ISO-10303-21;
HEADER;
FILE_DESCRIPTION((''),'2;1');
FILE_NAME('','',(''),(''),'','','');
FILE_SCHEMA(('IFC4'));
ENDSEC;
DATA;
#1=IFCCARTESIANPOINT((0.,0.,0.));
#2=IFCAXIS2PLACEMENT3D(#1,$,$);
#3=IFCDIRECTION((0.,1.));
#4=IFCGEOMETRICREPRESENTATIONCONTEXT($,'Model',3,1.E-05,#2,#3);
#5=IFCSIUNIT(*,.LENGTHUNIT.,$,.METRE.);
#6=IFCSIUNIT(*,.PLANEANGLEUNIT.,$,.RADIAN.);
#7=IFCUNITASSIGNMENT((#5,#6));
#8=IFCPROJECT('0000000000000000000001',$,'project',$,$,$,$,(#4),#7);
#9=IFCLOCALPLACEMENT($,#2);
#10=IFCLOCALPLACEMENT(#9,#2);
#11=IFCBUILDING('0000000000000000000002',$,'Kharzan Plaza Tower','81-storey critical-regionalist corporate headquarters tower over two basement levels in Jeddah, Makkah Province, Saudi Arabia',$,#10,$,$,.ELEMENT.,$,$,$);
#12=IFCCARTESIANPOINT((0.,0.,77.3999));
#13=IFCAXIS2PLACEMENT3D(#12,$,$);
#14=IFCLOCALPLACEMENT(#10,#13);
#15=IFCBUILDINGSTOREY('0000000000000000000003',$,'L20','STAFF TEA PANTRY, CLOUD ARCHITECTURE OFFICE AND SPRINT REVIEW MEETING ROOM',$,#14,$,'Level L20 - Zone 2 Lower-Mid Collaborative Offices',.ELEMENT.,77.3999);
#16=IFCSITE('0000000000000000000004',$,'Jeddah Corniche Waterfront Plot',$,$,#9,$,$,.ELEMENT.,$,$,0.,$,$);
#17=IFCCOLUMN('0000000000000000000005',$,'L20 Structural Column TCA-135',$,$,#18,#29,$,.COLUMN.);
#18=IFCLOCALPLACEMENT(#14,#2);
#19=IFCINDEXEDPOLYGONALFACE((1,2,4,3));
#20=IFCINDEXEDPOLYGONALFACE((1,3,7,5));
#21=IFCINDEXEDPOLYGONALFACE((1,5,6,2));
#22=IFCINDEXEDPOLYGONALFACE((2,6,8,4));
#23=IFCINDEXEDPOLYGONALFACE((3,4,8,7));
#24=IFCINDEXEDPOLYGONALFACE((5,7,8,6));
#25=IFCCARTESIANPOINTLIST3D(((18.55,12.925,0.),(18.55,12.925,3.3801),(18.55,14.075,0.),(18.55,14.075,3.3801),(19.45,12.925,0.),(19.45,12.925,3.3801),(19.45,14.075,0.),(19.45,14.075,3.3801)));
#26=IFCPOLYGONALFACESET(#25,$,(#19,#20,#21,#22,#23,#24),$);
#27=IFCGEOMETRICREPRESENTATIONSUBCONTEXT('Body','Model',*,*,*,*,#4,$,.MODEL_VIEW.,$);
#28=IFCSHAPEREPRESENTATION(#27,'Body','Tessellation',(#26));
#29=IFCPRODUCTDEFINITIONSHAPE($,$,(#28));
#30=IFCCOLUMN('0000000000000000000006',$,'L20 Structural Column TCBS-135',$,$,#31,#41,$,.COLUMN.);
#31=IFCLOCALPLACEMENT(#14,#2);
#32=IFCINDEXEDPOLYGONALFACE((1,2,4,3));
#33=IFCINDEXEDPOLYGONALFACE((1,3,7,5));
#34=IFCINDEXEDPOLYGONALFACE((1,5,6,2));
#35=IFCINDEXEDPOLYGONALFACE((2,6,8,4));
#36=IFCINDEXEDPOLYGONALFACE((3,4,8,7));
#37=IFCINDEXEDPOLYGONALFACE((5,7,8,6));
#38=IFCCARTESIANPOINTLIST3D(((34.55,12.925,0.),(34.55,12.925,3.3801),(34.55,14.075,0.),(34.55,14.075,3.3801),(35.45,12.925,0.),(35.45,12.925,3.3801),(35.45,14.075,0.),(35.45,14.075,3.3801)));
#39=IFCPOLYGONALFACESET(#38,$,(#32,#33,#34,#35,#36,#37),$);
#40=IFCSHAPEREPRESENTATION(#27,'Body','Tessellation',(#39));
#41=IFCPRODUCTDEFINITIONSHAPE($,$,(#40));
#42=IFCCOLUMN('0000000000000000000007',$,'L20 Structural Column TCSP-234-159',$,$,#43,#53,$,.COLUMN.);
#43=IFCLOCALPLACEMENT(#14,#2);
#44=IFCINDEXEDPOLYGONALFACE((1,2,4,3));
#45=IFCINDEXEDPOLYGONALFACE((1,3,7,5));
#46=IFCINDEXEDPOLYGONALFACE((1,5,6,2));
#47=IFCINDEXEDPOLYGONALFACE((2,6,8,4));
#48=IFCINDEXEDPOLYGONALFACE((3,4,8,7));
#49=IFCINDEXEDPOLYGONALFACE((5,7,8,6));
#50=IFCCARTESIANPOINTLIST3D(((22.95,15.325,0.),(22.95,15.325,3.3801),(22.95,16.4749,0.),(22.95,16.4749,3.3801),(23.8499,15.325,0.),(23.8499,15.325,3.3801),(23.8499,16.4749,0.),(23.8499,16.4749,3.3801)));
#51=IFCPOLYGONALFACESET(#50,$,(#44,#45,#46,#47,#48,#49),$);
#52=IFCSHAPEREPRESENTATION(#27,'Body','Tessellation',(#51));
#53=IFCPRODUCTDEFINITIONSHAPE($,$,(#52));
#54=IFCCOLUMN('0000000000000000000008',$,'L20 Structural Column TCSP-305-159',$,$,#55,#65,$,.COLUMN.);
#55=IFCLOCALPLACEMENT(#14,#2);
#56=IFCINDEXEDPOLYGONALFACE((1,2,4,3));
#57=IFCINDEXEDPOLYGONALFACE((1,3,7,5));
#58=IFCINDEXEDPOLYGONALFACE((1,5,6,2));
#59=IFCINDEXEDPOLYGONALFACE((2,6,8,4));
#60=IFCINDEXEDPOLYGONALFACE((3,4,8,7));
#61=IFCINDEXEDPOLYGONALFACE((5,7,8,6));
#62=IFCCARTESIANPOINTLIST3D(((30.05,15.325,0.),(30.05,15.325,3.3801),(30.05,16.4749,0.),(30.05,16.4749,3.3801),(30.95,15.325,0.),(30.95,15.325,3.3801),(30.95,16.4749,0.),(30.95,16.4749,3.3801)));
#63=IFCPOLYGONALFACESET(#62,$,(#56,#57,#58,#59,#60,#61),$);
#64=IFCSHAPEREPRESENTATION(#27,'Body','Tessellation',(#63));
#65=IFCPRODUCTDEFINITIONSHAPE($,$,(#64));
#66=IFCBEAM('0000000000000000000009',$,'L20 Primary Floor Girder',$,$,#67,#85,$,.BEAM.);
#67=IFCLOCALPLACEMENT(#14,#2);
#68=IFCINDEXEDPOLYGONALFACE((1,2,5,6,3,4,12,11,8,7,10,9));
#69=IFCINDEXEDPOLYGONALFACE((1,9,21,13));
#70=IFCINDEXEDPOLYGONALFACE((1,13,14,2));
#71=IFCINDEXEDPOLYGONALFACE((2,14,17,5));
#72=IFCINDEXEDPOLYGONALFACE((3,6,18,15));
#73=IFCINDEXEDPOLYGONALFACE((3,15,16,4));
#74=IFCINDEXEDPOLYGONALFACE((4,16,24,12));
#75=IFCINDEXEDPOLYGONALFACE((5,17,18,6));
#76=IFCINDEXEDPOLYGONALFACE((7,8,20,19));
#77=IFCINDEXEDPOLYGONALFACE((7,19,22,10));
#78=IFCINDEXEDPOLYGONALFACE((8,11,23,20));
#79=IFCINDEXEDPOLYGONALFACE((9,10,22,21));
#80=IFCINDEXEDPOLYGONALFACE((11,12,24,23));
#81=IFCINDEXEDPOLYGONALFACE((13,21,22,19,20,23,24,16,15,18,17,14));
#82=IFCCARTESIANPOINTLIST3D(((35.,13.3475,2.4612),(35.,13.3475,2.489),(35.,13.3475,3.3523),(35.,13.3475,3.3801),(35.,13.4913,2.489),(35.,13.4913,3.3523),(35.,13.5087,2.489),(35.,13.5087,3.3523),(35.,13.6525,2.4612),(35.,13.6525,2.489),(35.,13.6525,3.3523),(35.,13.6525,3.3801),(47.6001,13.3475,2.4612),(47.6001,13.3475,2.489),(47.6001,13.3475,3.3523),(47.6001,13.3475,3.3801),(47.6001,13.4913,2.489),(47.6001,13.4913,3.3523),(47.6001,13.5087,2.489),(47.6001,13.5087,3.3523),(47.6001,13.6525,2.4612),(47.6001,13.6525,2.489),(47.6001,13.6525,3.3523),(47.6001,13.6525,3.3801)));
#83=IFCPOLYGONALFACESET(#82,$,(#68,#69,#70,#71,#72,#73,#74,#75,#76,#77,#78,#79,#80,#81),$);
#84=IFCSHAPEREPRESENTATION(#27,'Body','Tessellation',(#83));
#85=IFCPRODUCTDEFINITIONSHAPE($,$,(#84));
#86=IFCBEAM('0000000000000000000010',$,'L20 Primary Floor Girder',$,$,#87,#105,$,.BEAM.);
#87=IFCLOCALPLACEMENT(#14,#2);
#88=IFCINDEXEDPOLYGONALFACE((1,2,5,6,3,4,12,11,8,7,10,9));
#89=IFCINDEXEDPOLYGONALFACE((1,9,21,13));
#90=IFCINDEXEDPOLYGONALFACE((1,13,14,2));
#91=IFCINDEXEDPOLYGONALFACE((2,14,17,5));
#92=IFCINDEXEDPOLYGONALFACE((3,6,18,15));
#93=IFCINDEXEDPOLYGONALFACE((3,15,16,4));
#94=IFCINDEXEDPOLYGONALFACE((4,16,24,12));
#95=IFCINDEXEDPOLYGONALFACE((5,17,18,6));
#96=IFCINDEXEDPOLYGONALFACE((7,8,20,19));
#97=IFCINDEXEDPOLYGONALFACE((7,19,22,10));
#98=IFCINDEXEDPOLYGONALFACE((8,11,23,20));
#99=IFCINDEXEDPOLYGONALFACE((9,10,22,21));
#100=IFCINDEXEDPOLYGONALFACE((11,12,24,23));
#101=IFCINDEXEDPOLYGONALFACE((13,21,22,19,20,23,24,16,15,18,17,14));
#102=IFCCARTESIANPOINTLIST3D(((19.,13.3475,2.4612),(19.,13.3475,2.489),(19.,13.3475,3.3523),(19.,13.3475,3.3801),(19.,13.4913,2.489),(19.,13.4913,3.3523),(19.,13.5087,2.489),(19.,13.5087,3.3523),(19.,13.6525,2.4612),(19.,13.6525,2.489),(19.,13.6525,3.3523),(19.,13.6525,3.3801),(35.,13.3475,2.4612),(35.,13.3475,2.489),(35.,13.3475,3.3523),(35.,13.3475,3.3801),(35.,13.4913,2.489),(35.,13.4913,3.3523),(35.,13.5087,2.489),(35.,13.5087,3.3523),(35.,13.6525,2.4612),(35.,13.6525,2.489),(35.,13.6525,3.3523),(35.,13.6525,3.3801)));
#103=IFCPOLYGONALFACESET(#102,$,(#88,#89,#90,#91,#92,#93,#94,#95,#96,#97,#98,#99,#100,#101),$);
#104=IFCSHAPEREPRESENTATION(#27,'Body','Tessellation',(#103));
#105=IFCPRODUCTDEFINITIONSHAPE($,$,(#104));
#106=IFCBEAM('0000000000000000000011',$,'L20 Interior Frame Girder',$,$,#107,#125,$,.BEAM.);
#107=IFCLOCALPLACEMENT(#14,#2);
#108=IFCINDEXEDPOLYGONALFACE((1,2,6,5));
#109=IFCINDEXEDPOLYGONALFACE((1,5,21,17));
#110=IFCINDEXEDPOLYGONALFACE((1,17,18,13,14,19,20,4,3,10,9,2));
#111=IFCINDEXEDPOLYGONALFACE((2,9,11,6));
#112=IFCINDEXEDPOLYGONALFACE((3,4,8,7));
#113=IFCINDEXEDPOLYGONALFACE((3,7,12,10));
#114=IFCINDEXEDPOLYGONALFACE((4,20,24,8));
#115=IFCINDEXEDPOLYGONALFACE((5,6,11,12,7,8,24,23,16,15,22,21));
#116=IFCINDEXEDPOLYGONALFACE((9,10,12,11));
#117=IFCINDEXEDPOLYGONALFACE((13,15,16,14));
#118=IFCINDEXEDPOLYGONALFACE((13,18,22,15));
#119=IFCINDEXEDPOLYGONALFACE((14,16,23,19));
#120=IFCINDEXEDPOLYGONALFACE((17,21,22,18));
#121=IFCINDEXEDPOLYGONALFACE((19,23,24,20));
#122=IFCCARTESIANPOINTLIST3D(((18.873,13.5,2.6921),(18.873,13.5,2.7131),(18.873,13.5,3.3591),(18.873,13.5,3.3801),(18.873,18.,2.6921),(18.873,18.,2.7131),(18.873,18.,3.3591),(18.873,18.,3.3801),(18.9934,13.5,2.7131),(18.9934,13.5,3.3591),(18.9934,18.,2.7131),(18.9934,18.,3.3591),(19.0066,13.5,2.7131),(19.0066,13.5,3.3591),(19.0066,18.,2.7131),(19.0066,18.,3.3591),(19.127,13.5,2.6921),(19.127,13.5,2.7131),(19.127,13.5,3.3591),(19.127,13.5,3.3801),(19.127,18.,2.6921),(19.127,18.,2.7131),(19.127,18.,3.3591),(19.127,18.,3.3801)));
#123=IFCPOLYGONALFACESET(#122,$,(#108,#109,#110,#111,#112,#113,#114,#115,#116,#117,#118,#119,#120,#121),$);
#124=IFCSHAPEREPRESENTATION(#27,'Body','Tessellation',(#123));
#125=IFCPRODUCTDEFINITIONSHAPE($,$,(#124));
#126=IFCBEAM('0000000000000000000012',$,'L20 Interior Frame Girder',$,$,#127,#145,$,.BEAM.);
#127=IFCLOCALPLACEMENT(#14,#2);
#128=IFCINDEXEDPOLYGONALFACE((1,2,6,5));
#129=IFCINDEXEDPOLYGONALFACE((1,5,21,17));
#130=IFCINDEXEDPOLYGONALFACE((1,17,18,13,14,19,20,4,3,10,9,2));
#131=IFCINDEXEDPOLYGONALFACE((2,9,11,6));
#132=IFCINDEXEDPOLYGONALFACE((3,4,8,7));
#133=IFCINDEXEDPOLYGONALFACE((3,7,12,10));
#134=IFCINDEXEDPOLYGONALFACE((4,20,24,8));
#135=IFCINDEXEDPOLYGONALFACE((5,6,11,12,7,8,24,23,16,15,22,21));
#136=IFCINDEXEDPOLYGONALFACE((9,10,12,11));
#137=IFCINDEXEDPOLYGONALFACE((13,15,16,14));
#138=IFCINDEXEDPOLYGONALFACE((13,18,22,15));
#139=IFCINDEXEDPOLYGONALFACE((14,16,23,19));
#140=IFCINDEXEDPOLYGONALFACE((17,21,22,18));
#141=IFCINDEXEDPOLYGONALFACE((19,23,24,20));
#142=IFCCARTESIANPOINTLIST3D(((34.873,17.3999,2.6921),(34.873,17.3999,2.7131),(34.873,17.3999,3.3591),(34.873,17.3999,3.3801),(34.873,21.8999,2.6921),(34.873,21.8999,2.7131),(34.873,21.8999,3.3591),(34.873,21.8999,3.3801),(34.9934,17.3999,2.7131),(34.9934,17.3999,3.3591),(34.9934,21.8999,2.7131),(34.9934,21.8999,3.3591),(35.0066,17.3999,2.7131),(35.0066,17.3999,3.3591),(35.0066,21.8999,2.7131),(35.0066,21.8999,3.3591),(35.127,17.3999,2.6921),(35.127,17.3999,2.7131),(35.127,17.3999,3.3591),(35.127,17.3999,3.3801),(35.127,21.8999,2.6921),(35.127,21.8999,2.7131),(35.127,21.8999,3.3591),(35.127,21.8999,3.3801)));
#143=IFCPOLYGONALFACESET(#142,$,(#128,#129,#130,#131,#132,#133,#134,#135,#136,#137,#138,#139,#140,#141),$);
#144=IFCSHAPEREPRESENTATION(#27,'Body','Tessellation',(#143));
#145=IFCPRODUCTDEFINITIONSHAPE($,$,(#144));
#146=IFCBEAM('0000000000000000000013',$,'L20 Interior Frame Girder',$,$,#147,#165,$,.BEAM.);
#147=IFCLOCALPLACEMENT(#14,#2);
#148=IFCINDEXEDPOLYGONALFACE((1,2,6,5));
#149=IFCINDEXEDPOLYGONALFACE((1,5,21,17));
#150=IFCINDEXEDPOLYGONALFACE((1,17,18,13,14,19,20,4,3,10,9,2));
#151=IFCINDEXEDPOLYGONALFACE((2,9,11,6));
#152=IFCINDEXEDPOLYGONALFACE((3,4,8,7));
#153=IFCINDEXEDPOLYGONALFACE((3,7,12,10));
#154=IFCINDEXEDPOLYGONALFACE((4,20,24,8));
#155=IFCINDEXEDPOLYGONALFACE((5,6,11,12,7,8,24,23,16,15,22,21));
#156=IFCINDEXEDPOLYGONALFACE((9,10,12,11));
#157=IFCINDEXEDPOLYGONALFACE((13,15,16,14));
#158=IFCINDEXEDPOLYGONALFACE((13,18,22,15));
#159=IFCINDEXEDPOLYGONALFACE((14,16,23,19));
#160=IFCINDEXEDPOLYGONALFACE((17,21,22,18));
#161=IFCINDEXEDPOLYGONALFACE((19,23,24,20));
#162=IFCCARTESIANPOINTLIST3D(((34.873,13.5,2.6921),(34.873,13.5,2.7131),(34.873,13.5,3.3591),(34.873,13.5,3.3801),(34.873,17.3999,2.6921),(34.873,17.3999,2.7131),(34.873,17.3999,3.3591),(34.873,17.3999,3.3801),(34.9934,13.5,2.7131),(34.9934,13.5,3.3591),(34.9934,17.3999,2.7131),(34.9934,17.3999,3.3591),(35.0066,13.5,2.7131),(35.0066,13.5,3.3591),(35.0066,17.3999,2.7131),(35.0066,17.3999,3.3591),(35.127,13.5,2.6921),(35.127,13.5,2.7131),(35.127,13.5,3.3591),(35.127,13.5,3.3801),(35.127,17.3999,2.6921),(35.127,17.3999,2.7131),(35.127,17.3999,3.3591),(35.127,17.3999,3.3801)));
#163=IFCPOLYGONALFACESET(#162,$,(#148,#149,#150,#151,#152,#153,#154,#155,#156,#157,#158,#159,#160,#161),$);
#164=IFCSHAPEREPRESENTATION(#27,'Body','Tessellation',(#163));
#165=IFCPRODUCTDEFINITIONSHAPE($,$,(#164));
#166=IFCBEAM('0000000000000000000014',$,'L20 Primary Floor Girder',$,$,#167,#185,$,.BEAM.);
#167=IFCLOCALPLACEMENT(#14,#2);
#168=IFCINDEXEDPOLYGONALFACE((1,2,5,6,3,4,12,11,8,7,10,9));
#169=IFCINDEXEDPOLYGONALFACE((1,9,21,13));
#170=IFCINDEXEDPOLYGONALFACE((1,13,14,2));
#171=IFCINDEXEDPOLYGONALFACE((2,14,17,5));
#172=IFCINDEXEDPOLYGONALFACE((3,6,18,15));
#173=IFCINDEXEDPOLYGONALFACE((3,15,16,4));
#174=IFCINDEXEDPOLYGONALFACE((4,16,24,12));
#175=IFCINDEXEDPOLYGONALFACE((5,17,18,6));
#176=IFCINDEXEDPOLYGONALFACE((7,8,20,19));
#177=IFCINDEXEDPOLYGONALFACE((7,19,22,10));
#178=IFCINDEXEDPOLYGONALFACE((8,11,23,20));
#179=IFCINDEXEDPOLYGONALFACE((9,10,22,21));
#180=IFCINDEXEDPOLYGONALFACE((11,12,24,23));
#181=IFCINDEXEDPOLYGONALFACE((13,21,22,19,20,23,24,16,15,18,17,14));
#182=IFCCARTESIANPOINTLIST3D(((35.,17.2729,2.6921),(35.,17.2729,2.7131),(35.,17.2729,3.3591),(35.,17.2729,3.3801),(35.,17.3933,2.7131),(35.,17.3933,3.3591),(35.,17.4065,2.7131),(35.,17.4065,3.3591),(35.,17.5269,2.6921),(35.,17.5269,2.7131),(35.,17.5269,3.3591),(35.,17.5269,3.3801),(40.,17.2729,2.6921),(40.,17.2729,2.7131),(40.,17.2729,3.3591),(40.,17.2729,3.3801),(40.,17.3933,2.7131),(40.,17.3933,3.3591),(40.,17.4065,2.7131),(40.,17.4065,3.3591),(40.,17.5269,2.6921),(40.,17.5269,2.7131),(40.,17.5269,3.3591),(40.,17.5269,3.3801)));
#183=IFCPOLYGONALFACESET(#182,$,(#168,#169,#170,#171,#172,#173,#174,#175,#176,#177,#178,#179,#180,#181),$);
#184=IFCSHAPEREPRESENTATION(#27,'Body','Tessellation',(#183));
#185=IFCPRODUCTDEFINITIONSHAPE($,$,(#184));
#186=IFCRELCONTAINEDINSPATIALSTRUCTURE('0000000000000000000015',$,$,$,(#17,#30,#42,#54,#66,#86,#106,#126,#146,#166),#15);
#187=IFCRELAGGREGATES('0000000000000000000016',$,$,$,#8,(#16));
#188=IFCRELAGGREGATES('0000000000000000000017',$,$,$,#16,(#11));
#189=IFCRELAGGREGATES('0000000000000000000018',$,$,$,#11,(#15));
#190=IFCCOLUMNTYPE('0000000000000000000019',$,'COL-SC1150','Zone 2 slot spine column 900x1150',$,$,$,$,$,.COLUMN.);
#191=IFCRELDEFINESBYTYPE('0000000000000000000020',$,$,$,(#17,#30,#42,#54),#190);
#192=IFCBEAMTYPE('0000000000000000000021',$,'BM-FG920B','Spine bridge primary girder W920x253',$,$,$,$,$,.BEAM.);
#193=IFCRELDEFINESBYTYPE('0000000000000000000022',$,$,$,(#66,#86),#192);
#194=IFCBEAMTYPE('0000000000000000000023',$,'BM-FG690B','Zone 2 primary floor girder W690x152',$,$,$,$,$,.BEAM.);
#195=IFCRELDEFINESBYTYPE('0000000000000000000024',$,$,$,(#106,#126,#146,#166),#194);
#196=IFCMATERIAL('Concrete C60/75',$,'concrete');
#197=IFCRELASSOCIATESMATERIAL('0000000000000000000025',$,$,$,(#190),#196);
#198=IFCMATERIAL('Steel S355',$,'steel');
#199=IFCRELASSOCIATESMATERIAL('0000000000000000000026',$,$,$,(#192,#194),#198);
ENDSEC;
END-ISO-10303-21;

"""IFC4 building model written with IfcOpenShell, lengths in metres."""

from ifc_helpers import new_model, si_unit, direction, frame, origin, origin_2d, place, context, subcontext, project, spatial, rectangle, i_section, extrude, source, transform, mapped, material, material_profile, profile_set, type_object, element, save


model = new_model("IFC4")

# Units and contexts
model_context = context("Model", 3, precision=1e-05, world=origin(), true_north=direction((0.0, 1.0)))
body_context = subcontext(model_context, "Body", "Model", "MODEL_VIEW")
ifc_project = project(units=[si_unit("LENGTHUNIT", "METRE"), si_unit("PLANEANGLEUNIT", "RADIAN")], contexts=[model_context])

# Site, building, storey
site_placement = place(None, origin())
site = spatial("IfcSite", under=ifc_project, at=site_placement, Name="Jeddah Corniche Waterfront Plot", CompositionType="ELEMENT", RefElevation=0.0)
building_placement = place(site_placement, origin())
building = spatial("IfcBuilding", under=site, at=building_placement, Name="Kharzan Plaza Tower", Description="81-storey critical-regionalist corporate headquarters tower over two basement levels in Jeddah, Makkah Province, Saudi Arabia", CompositionType="ELEMENT")
storey_placement = place(building_placement, frame((0.0, 0.0, 77.3999)))
storey = spatial("IfcBuildingStorey", under=building, at=storey_placement, Name="L20", Description="STAFF TEA PANTRY, CLOUD ARCHITECTURE OFFICE AND SPRINT REVIEW MEETING ROOM", LongName="Level L20 - Zone 2 Lower-Mid Collaborative Offices", CompositionType="ELEMENT", Elevation=77.3999)

# Columns
ifc_material_1 = material(Name="Concrete C60/75", Category="concrete")
ifc_material_profile_1 = material_profile(ifc_material_1, rectangle(XDim=0.8999, YDim=1.1499, at=origin_2d()), Name="RC-SC1150x900")
ifc_profile_set_1 = profile_set([ifc_material_profile_1], Name="Concrete C60/75")
column_type = type_object("IfcColumnType", Name="COL-SC1150", Description="Zone 2 slot spine column 900x1150", PredefinedType="COLUMN", material=ifc_profile_set_1)
shared_shape_1 = source(origin(), body_context, "Body", "SweptSolid", [
    extrude(rectangle(XDim=0.8999, YDim=1.1499, at=origin_2d()), origin(), (0.0, 0.0, 1.0), 3.3801),
])
for number, where, z_axis, x_axis, name in (
    (1, (19.0, 13.5, 0.0), (0.0, 0.0, 1.0), (1.0, 0.0, 0.0), "L20 Structural Column TCA-135"),
    (2, (35.0, 13.5, 0.0), (0.0, 0.0, 1.0), (1.0, 0.0, 0.0), "L20 Structural Column TCBS-135"),
    (3, (23.3999, 15.8999, 0.0), (0.0, 0.0, 1.0), (1.0, 0.0, 0.0), "L20 Structural Column TCSP-234-159"),
    (4, (30.5, 15.8999, 0.0), (0.0, 0.0, 1.0), (1.0, 0.0, 0.0), "L20 Structural Column TCSP-305-159"),
):
    element("IfcColumn", number, at=place(storey_placement, frame(where, z_axis=z_axis, x_axis=x_axis)), inside=storey, type_object=column_type, Name=name, PredefinedType="COLUMN", context=body_context, shape_type="MappedRepresentation", body=[
        mapped(shared_shape_1, transform((0.0, 0.0, 0.0), x_axis=(1.0, 0.0, 0.0), y_axis=(0.0, 1.0, 0.0), z_axis=(0.0, 0.0, 1.0))),
    ])

# Beams
ifc_material_2 = material(Name="Steel S355", Category="steel")
ifc_material_profile_2 = material_profile(ifc_material_2, i_section(OverallWidth=0.3049, OverallDepth=0.9189, WebThickness=0.0173, FlangeThickness=0.0278, at=origin_2d()), Name="W920x253")
ifc_profile_set_2 = profile_set([ifc_material_profile_2], Name="Steel S355")
beam_type_1 = type_object("IfcBeamType", Name="BM-FG920B", Description="Spine bridge primary girder W920x253", PredefinedType="BEAM", material=ifc_profile_set_2)
shared_shape_2 = source(origin(), body_context, "Body", "SweptSolid", [
    extrude(i_section(OverallWidth=0.3049, OverallDepth=0.9189, WebThickness=0.0173, FlangeThickness=0.0278, at=origin_2d()), origin(), (0.0, 0.0, 1.0), 12.6001),
])
beam_1_placement = place(storey_placement, frame((35.0, 13.5, 2.9207), z_axis=(1.0, 0.0, 0.0), x_axis=(0.0, 1.0, 0.0)))
element("IfcBeam", 5, at=beam_1_placement, inside=storey, type_object=beam_type_1, Name="L20 Primary Floor Girder", PredefinedType="BEAM", context=body_context, shape_type="MappedRepresentation", body=[
    mapped(shared_shape_2, transform((0.0, 0.0, 0.0), x_axis=(1.0, 0.0, 0.0), y_axis=(0.0, 1.0, 0.0), z_axis=(0.0, 0.0, 1.0))),
])
shared_shape_3 = source(origin(), body_context, "Body", "SweptSolid", [
    extrude(i_section(OverallWidth=0.3049, OverallDepth=0.9189, WebThickness=0.0173, FlangeThickness=0.0278, at=origin_2d()), origin(), (0.0, 0.0, 1.0), 16.0),
])
beam_2_placement = place(storey_placement, frame((19.0, 13.5, 2.9207), z_axis=(1.0, 0.0, 0.0), x_axis=(0.0, 1.0, 0.0)))
element("IfcBeam", 6, at=beam_2_placement, inside=storey, type_object=beam_type_1, Name="L20 Primary Floor Girder", PredefinedType="BEAM", context=body_context, shape_type="MappedRepresentation", body=[
    mapped(shared_shape_3, transform((0.0, 0.0, 0.0), x_axis=(1.0, 0.0, 0.0), y_axis=(0.0, 1.0, 0.0), z_axis=(0.0, 0.0, 1.0))),
])
ifc_material_profile_3 = material_profile(ifc_material_2, i_section(OverallWidth=0.2539, OverallDepth=0.688, WebThickness=0.0132, FlangeThickness=0.021, at=origin_2d()), Name="W690x152")
ifc_profile_set_3 = profile_set([ifc_material_profile_3], Name="Steel S355")
beam_type_2 = type_object("IfcBeamType", Name="BM-FG690B", Description="Zone 2 primary floor girder W690x152", PredefinedType="BEAM", material=ifc_profile_set_3)
shared_shape_4 = source(origin(), body_context, "Body", "SweptSolid", [
    extrude(i_section(OverallWidth=0.2539, OverallDepth=0.688, WebThickness=0.0132, FlangeThickness=0.021, at=origin_2d()), origin(), (0.0, 0.0, 1.0), 4.5),
])
for number, where, z_axis, x_axis, name in (
    (7, (19.0, 13.5, 3.0361), (0.0, 1.0, 0.0), (-1.0, 0.0, 0.0), "L20 Interior Frame Girder"),
    (8, (35.0, 17.3999, 3.0361), (0.0, 1.0, 0.0), (-1.0, 0.0, 0.0), "L20 Interior Frame Girder"),
):
    element("IfcBeam", number, at=place(storey_placement, frame(where, z_axis=z_axis, x_axis=x_axis)), inside=storey, type_object=beam_type_2, Name=name, PredefinedType="BEAM", context=body_context, shape_type="MappedRepresentation", body=[
        mapped(shared_shape_4, transform((0.0, 0.0, 0.0), x_axis=(1.0, 0.0, 0.0), y_axis=(0.0, 1.0, 0.0), z_axis=(0.0, 0.0, 1.0))),
    ])
shared_shape_5 = source(origin(), body_context, "Body", "SweptSolid", [
    extrude(i_section(OverallWidth=0.2539, OverallDepth=0.688, WebThickness=0.0132, FlangeThickness=0.021, at=origin_2d()), origin(), (0.0, 0.0, 1.0), 3.8999),
])
beam_3_placement = place(storey_placement, frame((35.0, 13.5, 3.0361), z_axis=(0.0, 1.0, 0.0), x_axis=(-1.0, 0.0, 0.0)))
element("IfcBeam", 9, at=beam_3_placement, inside=storey, type_object=beam_type_2, Name="L20 Interior Frame Girder", PredefinedType="BEAM", context=body_context, shape_type="MappedRepresentation", body=[
    mapped(shared_shape_5, transform((0.0, 0.0, 0.0), x_axis=(1.0, 0.0, 0.0), y_axis=(0.0, 1.0, 0.0), z_axis=(0.0, 0.0, 1.0))),
])
shared_shape_6 = source(origin(), body_context, "Body", "SweptSolid", [
    extrude(i_section(OverallWidth=0.2539, OverallDepth=0.688, WebThickness=0.0132, FlangeThickness=0.021, at=origin_2d()), origin(), (0.0, 0.0, 1.0), 5.0),
])
beam_4_placement = place(storey_placement, frame((35.0, 17.3999, 3.0361), z_axis=(1.0, 0.0, 0.0), x_axis=(0.0, 1.0, 0.0)))
element("IfcBeam", 10, at=beam_4_placement, inside=storey, type_object=beam_type_2, Name="L20 Primary Floor Girder", PredefinedType="BEAM", context=body_context, shape_type="MappedRepresentation", body=[
    mapped(shared_shape_6, transform((0.0, 0.0, 0.0), x_axis=(1.0, 0.0, 0.0), y_axis=(0.0, 1.0, 0.0), z_axis=(0.0, 0.0, 1.0))),
])

save(model, "model.ifc")
